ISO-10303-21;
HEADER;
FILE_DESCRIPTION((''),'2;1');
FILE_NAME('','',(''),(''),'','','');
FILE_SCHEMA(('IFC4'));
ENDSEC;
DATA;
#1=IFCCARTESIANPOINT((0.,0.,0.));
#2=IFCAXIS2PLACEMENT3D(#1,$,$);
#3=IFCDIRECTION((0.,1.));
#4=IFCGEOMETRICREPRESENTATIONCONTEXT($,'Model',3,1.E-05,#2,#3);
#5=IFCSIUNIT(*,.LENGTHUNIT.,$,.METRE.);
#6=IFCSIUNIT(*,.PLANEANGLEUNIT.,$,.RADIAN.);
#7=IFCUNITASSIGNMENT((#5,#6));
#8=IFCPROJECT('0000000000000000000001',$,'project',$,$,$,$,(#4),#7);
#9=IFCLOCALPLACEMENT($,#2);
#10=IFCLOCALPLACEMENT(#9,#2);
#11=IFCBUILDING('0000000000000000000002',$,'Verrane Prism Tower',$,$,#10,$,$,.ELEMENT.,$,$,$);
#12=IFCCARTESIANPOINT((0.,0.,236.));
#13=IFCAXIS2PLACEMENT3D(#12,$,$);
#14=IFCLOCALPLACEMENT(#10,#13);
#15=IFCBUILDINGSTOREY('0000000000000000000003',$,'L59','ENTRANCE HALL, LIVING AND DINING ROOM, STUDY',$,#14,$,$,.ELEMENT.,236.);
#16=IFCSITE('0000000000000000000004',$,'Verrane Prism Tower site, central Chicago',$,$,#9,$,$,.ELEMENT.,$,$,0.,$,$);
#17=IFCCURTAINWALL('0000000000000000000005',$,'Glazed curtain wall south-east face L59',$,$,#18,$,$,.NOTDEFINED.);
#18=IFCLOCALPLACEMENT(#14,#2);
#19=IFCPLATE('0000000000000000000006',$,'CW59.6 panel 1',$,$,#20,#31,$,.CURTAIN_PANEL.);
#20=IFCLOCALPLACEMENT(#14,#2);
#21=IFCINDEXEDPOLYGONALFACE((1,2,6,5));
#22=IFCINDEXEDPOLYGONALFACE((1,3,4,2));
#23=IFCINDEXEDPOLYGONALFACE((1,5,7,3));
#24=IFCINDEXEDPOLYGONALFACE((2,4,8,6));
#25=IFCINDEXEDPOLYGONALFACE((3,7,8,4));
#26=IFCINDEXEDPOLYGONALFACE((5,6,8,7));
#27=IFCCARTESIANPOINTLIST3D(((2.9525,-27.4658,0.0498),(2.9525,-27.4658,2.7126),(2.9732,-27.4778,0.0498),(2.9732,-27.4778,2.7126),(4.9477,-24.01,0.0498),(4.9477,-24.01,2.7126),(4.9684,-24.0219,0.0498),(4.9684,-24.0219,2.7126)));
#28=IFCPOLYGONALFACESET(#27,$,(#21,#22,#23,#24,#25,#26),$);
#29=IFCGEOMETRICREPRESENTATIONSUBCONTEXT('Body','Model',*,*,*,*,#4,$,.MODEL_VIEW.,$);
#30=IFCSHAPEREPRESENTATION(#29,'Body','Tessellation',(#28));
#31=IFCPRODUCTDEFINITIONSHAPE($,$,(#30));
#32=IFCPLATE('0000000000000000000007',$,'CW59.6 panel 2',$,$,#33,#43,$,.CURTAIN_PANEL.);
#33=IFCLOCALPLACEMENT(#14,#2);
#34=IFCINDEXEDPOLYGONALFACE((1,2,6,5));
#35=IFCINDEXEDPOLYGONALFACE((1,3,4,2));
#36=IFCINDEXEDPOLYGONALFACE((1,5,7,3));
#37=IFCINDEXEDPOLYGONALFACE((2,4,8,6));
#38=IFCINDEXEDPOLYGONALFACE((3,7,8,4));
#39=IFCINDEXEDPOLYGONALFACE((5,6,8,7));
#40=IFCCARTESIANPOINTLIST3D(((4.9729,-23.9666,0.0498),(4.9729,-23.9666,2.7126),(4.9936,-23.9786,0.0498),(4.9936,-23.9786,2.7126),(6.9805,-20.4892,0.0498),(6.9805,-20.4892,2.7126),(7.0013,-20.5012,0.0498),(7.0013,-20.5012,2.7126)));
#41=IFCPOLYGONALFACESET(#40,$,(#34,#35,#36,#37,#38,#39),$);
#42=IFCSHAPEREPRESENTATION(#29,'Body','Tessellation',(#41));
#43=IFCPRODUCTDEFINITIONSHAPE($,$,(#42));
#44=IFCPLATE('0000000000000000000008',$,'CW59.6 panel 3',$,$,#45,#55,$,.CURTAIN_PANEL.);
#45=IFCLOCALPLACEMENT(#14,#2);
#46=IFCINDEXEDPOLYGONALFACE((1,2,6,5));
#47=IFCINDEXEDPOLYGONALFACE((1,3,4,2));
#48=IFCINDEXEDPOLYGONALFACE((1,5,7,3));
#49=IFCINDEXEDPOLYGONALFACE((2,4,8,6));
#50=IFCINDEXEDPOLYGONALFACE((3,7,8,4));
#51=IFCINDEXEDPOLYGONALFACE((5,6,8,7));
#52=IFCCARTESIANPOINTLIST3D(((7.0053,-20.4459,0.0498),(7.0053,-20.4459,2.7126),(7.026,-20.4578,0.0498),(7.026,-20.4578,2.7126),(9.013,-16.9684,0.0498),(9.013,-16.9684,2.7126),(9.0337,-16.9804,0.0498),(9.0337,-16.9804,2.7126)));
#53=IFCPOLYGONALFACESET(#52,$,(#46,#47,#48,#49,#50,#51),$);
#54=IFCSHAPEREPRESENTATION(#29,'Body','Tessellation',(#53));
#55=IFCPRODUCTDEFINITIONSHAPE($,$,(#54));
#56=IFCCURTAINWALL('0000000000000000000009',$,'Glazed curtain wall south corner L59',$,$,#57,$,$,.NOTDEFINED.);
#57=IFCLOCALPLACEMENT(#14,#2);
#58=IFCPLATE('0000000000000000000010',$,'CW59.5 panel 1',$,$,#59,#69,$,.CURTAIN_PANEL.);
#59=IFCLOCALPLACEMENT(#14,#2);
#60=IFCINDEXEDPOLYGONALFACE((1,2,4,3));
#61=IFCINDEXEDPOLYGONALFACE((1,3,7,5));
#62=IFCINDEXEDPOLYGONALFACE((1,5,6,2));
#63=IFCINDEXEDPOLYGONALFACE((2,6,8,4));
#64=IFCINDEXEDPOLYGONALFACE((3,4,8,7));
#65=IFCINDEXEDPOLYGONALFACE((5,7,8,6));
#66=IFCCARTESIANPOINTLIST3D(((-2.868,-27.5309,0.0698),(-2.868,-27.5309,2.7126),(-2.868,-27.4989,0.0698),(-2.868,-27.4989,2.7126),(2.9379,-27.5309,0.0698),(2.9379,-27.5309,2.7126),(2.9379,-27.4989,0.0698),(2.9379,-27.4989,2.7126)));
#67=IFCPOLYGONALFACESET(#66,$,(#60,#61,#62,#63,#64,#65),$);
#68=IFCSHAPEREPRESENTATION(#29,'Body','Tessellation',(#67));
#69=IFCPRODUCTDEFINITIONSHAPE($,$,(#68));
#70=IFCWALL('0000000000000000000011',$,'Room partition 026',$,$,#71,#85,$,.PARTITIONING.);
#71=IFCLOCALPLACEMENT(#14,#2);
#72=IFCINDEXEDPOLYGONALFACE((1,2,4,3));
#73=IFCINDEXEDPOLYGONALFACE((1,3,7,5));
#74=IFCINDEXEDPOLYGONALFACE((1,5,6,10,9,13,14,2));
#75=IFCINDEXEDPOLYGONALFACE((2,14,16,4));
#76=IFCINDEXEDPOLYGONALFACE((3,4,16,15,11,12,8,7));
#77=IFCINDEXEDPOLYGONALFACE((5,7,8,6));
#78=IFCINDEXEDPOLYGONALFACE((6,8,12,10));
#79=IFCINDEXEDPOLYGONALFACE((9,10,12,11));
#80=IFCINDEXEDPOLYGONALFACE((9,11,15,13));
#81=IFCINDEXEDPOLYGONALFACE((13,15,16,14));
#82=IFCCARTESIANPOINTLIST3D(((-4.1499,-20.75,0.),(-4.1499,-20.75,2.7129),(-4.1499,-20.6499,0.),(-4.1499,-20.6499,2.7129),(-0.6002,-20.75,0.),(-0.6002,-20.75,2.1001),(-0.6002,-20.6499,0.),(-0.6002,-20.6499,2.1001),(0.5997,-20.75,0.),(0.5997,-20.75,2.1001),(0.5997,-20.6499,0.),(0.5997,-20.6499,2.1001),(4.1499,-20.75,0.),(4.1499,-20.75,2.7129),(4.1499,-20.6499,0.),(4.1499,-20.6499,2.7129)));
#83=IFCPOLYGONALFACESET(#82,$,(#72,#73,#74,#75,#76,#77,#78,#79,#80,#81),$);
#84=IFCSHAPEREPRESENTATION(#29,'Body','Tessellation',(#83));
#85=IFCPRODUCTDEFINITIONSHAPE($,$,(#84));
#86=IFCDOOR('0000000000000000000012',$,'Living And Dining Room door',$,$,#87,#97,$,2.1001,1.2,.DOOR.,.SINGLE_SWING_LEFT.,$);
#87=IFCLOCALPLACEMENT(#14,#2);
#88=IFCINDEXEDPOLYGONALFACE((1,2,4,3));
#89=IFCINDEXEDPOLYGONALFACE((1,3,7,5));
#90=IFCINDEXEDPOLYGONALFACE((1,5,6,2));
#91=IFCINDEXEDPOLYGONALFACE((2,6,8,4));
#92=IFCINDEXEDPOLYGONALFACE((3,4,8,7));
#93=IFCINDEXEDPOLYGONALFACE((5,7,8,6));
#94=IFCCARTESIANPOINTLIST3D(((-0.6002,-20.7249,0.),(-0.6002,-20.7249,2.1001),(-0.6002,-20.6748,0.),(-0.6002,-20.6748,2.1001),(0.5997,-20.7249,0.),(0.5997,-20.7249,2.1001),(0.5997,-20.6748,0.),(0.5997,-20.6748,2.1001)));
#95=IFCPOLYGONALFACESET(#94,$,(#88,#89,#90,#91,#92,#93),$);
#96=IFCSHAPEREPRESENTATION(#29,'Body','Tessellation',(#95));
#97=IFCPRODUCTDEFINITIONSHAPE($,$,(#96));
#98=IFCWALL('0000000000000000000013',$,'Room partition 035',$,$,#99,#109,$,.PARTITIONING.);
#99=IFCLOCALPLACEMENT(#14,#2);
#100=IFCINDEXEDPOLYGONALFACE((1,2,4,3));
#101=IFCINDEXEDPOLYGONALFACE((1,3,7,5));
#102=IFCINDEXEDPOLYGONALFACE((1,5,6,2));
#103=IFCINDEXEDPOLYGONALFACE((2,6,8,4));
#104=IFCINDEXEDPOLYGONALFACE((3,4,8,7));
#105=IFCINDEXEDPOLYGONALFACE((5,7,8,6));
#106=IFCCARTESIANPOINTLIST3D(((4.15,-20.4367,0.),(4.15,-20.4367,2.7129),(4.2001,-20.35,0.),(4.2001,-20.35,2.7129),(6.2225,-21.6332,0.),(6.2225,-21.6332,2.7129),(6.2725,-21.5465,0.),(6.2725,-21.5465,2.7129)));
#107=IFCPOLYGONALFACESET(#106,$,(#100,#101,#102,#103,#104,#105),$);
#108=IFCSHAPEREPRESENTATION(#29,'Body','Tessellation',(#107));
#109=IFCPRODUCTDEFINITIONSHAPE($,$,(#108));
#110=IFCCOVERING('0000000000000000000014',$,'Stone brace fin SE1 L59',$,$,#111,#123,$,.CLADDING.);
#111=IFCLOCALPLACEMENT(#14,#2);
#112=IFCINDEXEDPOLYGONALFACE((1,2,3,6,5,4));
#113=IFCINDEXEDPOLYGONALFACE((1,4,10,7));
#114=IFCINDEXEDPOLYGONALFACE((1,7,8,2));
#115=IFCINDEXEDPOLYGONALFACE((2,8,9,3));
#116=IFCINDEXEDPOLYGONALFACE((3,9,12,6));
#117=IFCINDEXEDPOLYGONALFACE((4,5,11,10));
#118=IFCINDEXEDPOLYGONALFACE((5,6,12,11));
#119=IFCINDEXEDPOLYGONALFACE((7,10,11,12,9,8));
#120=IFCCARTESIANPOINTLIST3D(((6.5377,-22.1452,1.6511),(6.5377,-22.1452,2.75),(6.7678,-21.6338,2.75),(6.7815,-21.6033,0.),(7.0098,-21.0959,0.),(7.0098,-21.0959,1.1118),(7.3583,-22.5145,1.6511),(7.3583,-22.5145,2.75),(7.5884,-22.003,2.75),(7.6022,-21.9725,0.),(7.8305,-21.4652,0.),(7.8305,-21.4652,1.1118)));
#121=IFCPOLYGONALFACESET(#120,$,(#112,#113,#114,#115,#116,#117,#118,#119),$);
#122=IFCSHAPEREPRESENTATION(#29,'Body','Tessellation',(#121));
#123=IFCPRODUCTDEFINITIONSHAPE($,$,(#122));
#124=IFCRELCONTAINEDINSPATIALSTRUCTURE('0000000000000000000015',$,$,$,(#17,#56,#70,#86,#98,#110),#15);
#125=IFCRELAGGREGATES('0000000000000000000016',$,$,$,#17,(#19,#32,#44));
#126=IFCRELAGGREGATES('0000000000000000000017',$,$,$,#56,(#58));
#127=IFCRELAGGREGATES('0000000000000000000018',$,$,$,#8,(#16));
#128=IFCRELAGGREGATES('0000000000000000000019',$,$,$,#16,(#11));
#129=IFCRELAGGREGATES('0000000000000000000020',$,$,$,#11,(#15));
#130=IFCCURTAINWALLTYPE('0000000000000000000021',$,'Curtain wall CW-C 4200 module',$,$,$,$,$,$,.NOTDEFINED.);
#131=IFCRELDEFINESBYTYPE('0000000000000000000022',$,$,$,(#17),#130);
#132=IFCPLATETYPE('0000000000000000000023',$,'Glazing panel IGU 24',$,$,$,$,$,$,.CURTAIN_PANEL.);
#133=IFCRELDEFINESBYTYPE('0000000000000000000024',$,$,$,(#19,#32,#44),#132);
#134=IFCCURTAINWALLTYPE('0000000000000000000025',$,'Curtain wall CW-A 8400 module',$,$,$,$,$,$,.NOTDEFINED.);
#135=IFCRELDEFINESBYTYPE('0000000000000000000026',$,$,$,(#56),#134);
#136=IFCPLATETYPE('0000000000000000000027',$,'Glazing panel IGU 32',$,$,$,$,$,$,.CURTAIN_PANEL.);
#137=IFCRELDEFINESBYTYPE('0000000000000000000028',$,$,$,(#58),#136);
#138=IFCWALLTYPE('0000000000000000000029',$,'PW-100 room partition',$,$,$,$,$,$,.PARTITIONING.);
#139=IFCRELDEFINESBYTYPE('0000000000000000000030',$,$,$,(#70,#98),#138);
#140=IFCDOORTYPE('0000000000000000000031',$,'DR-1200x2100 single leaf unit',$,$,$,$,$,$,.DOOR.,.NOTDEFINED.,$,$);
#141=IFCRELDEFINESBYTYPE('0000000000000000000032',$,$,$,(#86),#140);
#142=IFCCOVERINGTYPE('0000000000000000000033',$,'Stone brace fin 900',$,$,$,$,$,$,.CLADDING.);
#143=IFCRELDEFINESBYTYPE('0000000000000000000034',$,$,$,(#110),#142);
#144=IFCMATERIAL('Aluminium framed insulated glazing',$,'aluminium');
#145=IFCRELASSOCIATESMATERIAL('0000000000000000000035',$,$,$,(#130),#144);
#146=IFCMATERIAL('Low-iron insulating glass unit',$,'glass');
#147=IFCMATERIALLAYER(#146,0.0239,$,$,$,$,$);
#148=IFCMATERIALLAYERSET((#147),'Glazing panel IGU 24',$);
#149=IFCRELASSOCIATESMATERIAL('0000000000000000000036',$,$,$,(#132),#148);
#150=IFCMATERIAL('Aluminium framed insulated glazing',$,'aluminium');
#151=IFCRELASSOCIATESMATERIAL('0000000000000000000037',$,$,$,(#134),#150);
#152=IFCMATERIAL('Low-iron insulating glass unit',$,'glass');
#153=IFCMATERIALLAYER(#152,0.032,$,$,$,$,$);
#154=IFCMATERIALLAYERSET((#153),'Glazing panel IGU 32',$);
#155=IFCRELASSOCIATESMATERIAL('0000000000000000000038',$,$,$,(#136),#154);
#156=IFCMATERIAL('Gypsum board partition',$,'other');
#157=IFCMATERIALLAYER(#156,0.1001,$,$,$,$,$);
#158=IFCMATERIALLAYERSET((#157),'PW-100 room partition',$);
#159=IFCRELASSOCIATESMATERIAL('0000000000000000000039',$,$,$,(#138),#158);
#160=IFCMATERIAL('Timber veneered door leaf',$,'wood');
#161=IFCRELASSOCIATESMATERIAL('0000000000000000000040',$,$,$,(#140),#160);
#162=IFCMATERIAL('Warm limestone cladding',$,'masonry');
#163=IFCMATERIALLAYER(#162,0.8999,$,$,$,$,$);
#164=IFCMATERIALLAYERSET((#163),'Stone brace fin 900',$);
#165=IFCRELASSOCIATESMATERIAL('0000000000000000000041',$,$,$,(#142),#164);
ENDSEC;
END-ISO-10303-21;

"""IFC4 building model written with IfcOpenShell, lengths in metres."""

from ifc_helpers import new_model, si_unit, direction, frame, frame_2d, origin, origin_2d, place, context, subcontext, project, spatial, polyline, rectangle, outline, extrude, material, layer, layer_set, type_object, element, fill, aggregate, save


model = new_model("IFC4")

# Units and contexts
model_context = context("Model", 3, precision=1e-05, world=origin(), true_north=direction((0.0, 1.0)))
body_context = subcontext(model_context, "Body", "Model", "MODEL_VIEW")
ifc_project = project(units=[si_unit("LENGTHUNIT", "METRE"), si_unit("PLANEANGLEUNIT", "RADIAN")], contexts=[model_context])

# Site, building, storey
site_placement = place(None, origin())
site = spatial("IfcSite", under=ifc_project, at=site_placement, Name="Verrane Prism Tower site, central Chicago", CompositionType="ELEMENT", RefElevation=0.0)
building_placement = place(site_placement, origin())
building = spatial("IfcBuilding", under=site, at=building_placement, Name="Verrane Prism Tower", CompositionType="ELEMENT")
storey_placement = place(building_placement, frame((0.0, 0.0, 236.0)))
storey = spatial("IfcBuildingStorey", under=building, at=storey_placement, Name="L59", Description="ENTRANCE HALL, LIVING AND DINING ROOM, STUDY", CompositionType="ELEMENT", Elevation=236.0)

# Curtain wall
ifc_material_1 = material(Name="Aluminium framed insulated glazing", Category="aluminium")
curtain_wall_type_1 = type_object("IfcCurtainWallType", Name="Curtain wall CW-C 4200 module", PredefinedType="NOTDEFINED", material=ifc_material_1)
curtain_wall_1_placement = place(storey_placement, origin())
curtain_wall_1 = element("IfcCurtainWall", 1, at=curtain_wall_1_placement, inside=storey, type_object=curtain_wall_type_1, Name="Glazed curtain wall south-east face L59", PredefinedType="NOTDEFINED")

# Plates
ifc_material_2 = material(Name="Low-iron insulating glass unit", Category="glass")
ifc_layer_1 = layer(ifc_material_2, 0.0239)
ifc_layer_set_1 = layer_set([ifc_layer_1], Name="Glazing panel IGU 24")
plate_type_1 = type_object("IfcPlateType", Name="Glazing panel IGU 24", PredefinedType="CURTAIN_PANEL", material=ifc_layer_set_1)
plate_1_placement = place(storey_placement, frame((3.9604, -25.7439, 0.0498), z_axis=(0.0, 0.0, 1.0), x_axis=(0.499999, 0.866026, 0.0)))
plate_1 = element("IfcPlate", 2, at=plate_1_placement, type_object=plate_type_1, Name="CW59.6 panel 1", PredefinedType="CURTAIN_PANEL", context=body_context, shape_type="SweptSolid", body=[
    extrude(rectangle(XDim=3.9905, YDim=0.0239, at=origin_2d()), origin(), (0.0, 0.0, 1.0), 2.6628),
])
plate_2_placement = place(storey_placement, frame((5.9871, -22.2339, 0.0498), z_axis=(0.0, 0.0, 1.0), x_axis=(0.499999, 0.866026, 0.0)))
plate_2 = element("IfcPlate", 3, at=plate_2_placement, type_object=plate_type_1, Name="CW59.6 panel 2", PredefinedType="CURTAIN_PANEL", context=body_context, shape_type="SweptSolid", body=[
    extrude(rectangle(XDim=4.0154, YDim=0.0239, at=origin_2d()), origin(), (0.0, 0.0, 1.0), 2.6628),
])
plate_3_placement = place(storey_placement, frame((8.0195, -18.7131, 0.0498), z_axis=(0.0, 0.0, 1.0), x_axis=(0.499999, 0.866026, 0.0)))
plate_3 = element("IfcPlate", 4, at=plate_3_placement, type_object=plate_type_1, Name="CW59.6 panel 3", PredefinedType="CURTAIN_PANEL", context=body_context, shape_type="SweptSolid", body=[
    extrude(rectangle(XDim=4.0154, YDim=0.0239, at=origin_2d()), origin(), (0.0, 0.0, 1.0), 2.6628),
])
aggregate(curtain_wall_1, [plate_1, plate_2, plate_3])

# Curtain wall, plate
ifc_material_3 = material(Name="Aluminium framed insulated glazing", Category="aluminium")
curtain_wall_type_2 = type_object("IfcCurtainWallType", Name="Curtain wall CW-A 8400 module", PredefinedType="NOTDEFINED", material=ifc_material_3)
curtain_wall_2_placement = place(storey_placement, origin())
curtain_wall_2 = element("IfcCurtainWall", 5, at=curtain_wall_2_placement, inside=storey, type_object=curtain_wall_type_2, Name="Glazed curtain wall south corner L59", PredefinedType="NOTDEFINED")
ifc_material_4 = material(Name="Low-iron insulating glass unit", Category="glass")
ifc_layer_2 = layer(ifc_material_4, 0.032)
ifc_layer_set_2 = layer_set([ifc_layer_2], Name="Glazing panel IGU 32")
plate_type_2 = type_object("IfcPlateType", Name="Glazing panel IGU 32", PredefinedType="CURTAIN_PANEL", material=ifc_layer_set_2)
plate_4_placement = place(storey_placement, frame((0.0349, -27.5149, 0.0698), z_axis=(0.0, 0.0, 1.0), x_axis=(1.0, 0.0, 0.0)))
plate_4 = element("IfcPlate", 6, at=plate_4_placement, type_object=plate_type_2, Name="CW59.5 panel 1", PredefinedType="CURTAIN_PANEL", context=body_context, shape_type="SweptSolid", body=[
    extrude(rectangle(XDim=5.8059, YDim=0.032, at=origin_2d()), origin(), (0.0, 0.0, 1.0), 2.6428),
])
aggregate(curtain_wall_2, [plate_4])

# Wall, opening, door
ifc_material_5 = material(Name="Gypsum board partition", Category="other")
ifc_layer_3 = layer(ifc_material_5, 0.1001)
ifc_layer_set_3 = layer_set([ifc_layer_3], Name="PW-100 room partition")
wall_type = type_object("IfcWallType", Name="PW-100 room partition", PredefinedType="PARTITIONING", material=ifc_layer_set_3)
wall_1_placement = place(storey_placement, frame((4.1499, -20.7, 0.0), z_axis=(0.0, 0.0, 1.0), x_axis=(-1.0, 0.0, 0.0)))
wall_1 = element("IfcWall", 7, at=wall_1_placement, inside=storey, type_object=wall_type, Name="Room partition 026", PredefinedType="PARTITIONING", context=body_context, shape_type="SweptSolid", body=[
    extrude(rectangle(XDim=8.2998, YDim=0.1001, at=frame_2d((4.1499, 0.0))), origin(), (0.0, 0.0, 1.0), 2.7129),
])
opening_placement = place(wall_1_placement, frame((3.55, 0.0, 0.0)))
opening = element("IfcOpeningElement", 8, at=opening_placement, cuts=wall_1, PredefinedType="OPENING", context=body_context, shape_type="SweptSolid", body=[
    extrude(rectangle(XDim=1.2, YDim=2.1001, at=frame_2d((0.6001, 1.05))), frame((0.0, 0.0601, 0.0), z_axis=(0.0, -1.0, 0.0), x_axis=(1.0, 0.0, 0.0)), (0.0, 0.0, 1.0), 0.1201),
])
ifc_material_6 = material(Name="Timber veneered door leaf", Category="wood")
door_type = type_object("IfcDoorType", Name="DR-1200x2100 single leaf unit", OperationType="NOTDEFINED", PredefinedType="DOOR", material=ifc_material_6)
door_placement = place(opening_placement, origin())
door = element("IfcDoor", 9, at=door_placement, inside=storey, type_object=door_type, Name="Living And Dining Room door", OperationType="SINGLE_SWING_LEFT", OverallHeight=2.1001, OverallWidth=1.2, PredefinedType="DOOR", context=body_context, shape_type="SweptSolid", body=[
    extrude(rectangle(XDim=1.2, YDim=2.1001, at=frame_2d((0.6001, 1.05))), frame((0.0, 0.0249, 0.0), z_axis=(0.0, -1.0, 0.0), x_axis=(1.0, 0.0, 0.0)), (0.0, 0.0, 1.0), 0.05),
])
fill(opening, door)

# Wall
wall_2_placement = place(storey_placement, frame((4.175, -20.3933, 0.0), z_axis=(0.0, 0.0, 1.0), x_axis=(0.866031, -0.49999, 0.0)))
element("IfcWall", 10, at=wall_2_placement, inside=storey, type_object=wall_type, Name="Room partition 035", PredefinedType="PARTITIONING", context=body_context, shape_type="SweptSolid", body=[
    extrude(rectangle(XDim=2.3931, YDim=0.1001, at=frame_2d((1.1965, 0.0))), origin(), (0.0, 0.0, 1.0), 2.7129),
])

# Covering
ifc_material_7 = material(Name="Warm limestone cladding", Category="masonry")
ifc_layer_4 = layer(ifc_material_7, 0.8999)
ifc_layer_set_4 = layer_set([ifc_layer_4], Name="Stone brace fin 900")
covering_type = type_object("IfcCoveringType", Name="Stone brace fin 900", PredefinedType="CLADDING", material=ifc_layer_set_4)
covering_placement = place(storey_placement, frame((7.4202, -21.2805, 0.0), z_axis=(0.0, 0.0, 1.0), x_axis=(-0.410347, -0.911929, 0.0)))
element("IfcCovering", 11, at=covering_placement, inside=storey, type_object=covering_type, Name="Stone brace fin SE1 L59", PredefinedType="CLADDING", context=body_context, shape_type="SweptSolid", body=[
    extrude(outline(polyline([(1.1506, 2.75), (0.5898, 2.75), (0.0, 1.1118), (0.0, 0.0), (0.5564, 0.0), (1.1506, 1.6511), (1.1506, 2.75)])), frame((0.0, 0.45, 0.0), z_axis=(0.0, -1.0, 0.0), x_axis=(1.0, 0.0, 0.0)), (0.0, 0.0, 1.0), 0.8999),
])

save(model, "model.ifc")
